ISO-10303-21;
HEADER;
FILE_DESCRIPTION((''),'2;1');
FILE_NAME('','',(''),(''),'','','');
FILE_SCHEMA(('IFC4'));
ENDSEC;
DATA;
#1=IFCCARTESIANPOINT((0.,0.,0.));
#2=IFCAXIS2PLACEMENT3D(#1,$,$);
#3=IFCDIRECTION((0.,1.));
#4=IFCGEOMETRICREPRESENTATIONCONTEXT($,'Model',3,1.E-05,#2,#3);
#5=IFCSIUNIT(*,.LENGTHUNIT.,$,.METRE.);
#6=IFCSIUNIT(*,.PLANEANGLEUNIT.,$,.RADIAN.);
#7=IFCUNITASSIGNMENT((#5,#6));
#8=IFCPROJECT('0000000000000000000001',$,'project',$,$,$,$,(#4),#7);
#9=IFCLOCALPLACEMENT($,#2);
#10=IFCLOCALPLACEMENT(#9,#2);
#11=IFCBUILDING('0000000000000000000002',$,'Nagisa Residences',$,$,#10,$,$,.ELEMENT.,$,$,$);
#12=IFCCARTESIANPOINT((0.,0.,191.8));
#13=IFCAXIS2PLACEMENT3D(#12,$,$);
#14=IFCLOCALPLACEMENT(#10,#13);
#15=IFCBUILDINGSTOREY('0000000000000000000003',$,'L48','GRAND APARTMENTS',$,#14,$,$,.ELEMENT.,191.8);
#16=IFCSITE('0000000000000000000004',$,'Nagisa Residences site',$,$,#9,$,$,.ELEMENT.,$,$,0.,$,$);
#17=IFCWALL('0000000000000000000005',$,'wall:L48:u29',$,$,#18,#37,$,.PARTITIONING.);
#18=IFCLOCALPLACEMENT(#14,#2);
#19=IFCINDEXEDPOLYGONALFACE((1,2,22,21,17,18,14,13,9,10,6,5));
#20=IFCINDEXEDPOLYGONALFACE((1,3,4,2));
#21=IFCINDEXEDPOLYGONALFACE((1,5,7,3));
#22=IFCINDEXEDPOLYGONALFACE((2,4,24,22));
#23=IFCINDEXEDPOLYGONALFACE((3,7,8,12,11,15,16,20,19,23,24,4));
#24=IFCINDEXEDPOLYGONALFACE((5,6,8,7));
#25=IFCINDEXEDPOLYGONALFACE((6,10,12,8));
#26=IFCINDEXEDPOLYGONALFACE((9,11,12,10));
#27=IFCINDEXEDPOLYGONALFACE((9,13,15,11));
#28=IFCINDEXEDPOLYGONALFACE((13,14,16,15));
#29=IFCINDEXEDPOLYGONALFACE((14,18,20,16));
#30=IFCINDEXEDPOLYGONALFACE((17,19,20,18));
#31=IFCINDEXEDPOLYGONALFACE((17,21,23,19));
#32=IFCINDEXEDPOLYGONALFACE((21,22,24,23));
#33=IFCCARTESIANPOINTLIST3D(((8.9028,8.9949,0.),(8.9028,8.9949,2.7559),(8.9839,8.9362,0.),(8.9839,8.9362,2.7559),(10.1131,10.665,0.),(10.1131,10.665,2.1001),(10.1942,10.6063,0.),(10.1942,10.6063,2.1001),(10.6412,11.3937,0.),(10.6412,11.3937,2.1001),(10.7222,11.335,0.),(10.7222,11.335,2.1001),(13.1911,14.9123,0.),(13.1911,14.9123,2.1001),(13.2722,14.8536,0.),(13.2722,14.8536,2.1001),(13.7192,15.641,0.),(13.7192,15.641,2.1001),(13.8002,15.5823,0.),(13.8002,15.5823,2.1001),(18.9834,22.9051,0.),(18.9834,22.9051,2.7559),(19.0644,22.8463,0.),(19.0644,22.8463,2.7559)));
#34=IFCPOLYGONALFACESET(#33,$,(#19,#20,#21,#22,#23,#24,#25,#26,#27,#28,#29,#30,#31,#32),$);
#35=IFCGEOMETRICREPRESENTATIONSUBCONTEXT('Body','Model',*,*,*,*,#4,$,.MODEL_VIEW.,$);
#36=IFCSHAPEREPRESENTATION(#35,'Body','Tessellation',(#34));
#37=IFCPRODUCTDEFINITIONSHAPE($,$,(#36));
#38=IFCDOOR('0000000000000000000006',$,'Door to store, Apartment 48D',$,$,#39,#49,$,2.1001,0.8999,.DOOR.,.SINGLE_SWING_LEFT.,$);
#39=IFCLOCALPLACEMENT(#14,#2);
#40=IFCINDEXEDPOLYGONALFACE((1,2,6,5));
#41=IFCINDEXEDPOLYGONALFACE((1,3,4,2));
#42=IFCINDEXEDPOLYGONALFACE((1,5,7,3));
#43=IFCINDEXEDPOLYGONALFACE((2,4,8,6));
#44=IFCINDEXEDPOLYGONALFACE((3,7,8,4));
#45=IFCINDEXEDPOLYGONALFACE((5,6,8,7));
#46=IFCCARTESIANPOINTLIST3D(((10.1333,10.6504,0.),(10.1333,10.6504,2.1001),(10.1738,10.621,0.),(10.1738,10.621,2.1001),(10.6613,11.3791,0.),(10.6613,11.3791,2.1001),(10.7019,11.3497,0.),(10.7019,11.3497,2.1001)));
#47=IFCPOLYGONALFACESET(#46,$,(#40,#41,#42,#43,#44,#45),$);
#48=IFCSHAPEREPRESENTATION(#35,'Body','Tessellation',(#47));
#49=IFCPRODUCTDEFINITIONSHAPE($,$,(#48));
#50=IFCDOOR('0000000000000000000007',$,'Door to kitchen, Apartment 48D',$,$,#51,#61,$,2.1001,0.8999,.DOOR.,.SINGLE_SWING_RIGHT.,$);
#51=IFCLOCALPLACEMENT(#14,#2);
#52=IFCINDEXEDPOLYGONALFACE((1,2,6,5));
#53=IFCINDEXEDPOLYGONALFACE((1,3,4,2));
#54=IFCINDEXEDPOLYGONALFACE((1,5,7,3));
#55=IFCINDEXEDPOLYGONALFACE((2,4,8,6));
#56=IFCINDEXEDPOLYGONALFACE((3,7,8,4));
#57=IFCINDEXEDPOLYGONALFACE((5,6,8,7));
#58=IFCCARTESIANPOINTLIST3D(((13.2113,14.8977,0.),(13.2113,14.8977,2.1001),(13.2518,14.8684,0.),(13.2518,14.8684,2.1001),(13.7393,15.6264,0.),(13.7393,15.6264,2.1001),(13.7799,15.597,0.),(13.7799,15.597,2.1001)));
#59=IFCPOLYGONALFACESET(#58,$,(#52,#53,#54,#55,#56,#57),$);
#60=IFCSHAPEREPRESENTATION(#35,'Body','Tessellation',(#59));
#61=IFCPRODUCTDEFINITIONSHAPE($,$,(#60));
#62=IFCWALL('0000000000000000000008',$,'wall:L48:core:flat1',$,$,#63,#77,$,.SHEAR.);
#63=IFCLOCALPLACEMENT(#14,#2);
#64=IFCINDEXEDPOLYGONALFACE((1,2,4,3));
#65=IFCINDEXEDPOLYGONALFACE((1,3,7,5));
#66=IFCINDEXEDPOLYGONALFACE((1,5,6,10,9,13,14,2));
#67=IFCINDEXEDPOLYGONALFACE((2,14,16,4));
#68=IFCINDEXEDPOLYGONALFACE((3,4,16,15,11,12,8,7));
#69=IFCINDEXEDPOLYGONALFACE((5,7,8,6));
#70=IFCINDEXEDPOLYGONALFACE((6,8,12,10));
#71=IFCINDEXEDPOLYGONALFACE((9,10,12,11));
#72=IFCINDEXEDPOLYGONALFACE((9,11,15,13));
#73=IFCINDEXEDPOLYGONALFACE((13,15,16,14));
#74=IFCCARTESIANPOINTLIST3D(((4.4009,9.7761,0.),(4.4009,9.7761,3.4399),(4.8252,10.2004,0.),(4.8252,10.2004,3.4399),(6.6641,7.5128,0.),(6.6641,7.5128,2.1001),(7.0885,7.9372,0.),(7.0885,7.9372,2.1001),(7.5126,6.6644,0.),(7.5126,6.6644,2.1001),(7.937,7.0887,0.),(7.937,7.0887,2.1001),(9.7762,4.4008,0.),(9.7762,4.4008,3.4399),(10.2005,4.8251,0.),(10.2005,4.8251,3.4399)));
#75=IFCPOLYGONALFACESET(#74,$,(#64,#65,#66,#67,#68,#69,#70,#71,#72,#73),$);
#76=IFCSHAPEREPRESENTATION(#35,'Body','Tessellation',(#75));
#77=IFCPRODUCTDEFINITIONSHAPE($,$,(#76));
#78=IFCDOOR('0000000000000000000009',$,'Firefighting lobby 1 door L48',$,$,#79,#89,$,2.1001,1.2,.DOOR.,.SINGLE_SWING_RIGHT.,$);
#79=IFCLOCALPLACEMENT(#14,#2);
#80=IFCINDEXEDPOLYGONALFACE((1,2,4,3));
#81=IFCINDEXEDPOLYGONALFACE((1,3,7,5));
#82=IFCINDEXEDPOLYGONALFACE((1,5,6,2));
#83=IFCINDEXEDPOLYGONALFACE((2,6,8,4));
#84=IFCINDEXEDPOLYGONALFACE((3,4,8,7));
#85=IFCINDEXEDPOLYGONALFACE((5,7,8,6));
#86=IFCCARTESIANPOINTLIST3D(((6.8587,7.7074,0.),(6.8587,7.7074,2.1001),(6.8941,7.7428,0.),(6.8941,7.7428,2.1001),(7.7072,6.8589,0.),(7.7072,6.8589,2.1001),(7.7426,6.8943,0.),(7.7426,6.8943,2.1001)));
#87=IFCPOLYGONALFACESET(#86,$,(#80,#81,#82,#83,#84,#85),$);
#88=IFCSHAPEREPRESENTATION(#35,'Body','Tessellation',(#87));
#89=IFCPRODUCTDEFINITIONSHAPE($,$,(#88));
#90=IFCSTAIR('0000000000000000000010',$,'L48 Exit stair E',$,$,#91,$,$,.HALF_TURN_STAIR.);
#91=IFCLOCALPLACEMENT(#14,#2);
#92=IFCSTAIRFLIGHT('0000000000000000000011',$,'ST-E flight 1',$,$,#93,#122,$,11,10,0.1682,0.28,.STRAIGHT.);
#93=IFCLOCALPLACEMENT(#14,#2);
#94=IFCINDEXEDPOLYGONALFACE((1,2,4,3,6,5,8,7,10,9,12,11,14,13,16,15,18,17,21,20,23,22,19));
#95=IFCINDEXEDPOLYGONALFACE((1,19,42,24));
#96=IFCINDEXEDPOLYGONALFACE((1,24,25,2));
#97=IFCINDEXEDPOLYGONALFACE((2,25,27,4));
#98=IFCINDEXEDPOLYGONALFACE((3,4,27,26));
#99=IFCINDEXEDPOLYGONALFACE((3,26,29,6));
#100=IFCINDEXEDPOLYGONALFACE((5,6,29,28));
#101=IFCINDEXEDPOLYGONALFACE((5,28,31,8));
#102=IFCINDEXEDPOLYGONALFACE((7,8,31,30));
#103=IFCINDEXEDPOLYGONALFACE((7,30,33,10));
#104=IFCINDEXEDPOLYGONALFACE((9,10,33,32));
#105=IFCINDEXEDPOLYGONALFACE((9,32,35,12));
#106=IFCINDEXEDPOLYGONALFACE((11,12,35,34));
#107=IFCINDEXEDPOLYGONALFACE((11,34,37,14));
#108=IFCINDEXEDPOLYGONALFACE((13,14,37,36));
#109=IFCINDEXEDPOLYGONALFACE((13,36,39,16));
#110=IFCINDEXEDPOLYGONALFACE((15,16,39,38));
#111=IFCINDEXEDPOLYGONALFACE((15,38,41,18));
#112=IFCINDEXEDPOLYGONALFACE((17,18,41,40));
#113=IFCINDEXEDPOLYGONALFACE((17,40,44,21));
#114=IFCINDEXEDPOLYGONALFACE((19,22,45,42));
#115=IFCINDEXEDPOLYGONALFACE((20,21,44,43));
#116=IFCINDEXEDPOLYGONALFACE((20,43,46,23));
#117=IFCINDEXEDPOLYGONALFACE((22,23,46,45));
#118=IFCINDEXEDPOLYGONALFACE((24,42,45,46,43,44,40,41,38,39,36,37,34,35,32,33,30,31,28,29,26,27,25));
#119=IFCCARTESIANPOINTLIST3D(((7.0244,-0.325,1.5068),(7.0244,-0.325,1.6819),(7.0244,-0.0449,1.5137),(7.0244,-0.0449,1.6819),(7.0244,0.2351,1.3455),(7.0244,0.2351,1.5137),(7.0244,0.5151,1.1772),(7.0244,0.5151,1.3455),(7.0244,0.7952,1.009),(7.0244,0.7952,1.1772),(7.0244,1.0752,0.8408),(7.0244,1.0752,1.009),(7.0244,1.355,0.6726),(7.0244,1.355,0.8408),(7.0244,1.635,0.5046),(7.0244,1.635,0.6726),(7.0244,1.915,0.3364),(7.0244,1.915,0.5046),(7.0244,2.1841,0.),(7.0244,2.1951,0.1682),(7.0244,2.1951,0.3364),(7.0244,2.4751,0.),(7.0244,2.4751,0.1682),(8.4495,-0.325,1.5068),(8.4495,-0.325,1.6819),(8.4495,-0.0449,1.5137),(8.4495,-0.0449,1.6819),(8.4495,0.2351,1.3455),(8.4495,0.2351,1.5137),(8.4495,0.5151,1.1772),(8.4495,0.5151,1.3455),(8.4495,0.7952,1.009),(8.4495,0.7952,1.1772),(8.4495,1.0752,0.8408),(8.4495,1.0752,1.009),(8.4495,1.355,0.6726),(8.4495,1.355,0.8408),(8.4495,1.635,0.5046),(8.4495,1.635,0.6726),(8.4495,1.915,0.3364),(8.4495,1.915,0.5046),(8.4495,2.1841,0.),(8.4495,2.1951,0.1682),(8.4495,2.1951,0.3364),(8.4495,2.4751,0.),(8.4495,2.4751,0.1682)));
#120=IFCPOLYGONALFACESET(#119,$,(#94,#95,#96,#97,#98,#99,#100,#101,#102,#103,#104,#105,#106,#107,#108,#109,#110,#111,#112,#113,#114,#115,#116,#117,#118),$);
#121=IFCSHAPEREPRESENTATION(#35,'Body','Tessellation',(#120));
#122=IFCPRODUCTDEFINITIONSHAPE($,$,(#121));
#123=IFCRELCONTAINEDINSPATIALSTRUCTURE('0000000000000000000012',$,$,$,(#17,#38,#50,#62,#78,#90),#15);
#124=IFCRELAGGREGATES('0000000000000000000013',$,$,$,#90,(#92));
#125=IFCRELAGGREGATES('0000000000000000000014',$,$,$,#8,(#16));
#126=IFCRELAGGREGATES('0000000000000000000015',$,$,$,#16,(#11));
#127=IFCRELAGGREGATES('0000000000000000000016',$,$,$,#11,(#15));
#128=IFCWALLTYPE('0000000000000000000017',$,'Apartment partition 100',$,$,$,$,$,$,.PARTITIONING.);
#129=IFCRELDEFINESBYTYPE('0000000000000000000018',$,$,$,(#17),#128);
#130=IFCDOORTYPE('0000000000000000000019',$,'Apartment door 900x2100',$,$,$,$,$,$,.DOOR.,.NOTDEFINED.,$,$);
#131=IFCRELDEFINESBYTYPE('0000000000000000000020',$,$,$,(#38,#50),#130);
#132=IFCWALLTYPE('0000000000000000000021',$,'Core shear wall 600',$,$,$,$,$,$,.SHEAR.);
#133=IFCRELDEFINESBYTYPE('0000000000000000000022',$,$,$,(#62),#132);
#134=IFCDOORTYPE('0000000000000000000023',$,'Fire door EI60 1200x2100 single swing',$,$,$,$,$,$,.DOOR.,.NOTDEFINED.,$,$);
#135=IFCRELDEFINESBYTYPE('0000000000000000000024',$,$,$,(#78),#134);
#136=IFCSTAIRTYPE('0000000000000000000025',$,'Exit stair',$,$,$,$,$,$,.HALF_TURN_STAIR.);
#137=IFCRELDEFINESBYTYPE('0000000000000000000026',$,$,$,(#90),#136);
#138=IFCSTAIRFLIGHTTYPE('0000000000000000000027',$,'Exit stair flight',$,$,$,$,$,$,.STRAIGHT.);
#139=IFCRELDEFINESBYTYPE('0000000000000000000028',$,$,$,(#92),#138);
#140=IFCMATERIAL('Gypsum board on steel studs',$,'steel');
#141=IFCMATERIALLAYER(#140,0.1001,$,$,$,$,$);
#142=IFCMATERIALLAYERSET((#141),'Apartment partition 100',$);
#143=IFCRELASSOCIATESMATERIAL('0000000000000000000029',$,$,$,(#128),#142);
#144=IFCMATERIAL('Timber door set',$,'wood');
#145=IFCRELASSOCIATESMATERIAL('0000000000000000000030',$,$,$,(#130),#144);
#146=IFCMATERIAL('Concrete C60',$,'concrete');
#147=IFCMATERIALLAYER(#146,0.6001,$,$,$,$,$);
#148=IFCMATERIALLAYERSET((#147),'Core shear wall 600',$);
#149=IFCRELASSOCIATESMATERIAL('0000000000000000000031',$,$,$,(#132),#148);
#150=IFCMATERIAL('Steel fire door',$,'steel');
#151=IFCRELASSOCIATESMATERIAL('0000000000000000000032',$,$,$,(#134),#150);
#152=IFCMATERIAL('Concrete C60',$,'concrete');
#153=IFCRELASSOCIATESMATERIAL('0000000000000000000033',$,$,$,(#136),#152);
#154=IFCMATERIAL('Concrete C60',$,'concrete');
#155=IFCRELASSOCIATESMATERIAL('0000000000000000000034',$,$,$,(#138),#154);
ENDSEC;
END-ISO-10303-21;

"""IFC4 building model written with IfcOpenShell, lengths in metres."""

from ifc_helpers import new_model, si_unit, direction, frame, frame_2d, origin, place, context, subcontext, project, spatial, polyline, rectangle, outline, extrude, material, layer, layer_set, type_object, element, fill, aggregate, save


model = new_model("IFC4")

# Units and contexts
model_context = context("Model", 3, precision=1e-05, world=origin(), true_north=direction((0.0, 1.0)))
body_context = subcontext(model_context, "Body", "Model", "MODEL_VIEW")
ifc_project = project(units=[si_unit("LENGTHUNIT", "METRE"), si_unit("PLANEANGLEUNIT", "RADIAN")], contexts=[model_context])

# Site, building, storey
site_placement = place(None, origin())
site = spatial("IfcSite", under=ifc_project, at=site_placement, Name="Nagisa Residences site", CompositionType="ELEMENT", RefElevation=0.0)
building_placement = place(site_placement, origin())
building = spatial("IfcBuilding", under=site, at=building_placement, Name="Nagisa Residences", CompositionType="ELEMENT")
storey_placement = place(building_placement, frame((0.0, 0.0, 191.8)))
storey = spatial("IfcBuildingStorey", under=building, at=storey_placement, Name="L48", Description="GRAND APARTMENTS", CompositionType="ELEMENT", Elevation=191.8)

# Shared definitions
ifc_material_1 = material(Name="Gypsum board on steel studs", Category="steel")
ifc_layer_1 = layer(ifc_material_1, 0.1001)
ifc_layer_set_1 = layer_set([ifc_layer_1], Name="Apartment partition 100")
wall_type_1 = type_object("IfcWallType", Name="Apartment partition 100", PredefinedType="PARTITIONING", material=ifc_layer_set_1)
ifc_material_2 = material(Name="Timber door set", Category="wood")
door_type_1 = type_object("IfcDoorType", Name="Apartment door 900x2100", OperationType="NOTDEFINED", PredefinedType="DOOR", material=ifc_material_2)

# Wall, openings, doors
wall_1_placement = place(storey_placement, frame((8.9434, 8.9656, 0.0), z_axis=(0.0, 0.0, 1.0), x_axis=(0.586804, 0.809729, 0.0)))
wall_1 = element("IfcWall", 1, at=wall_1_placement, inside=storey, type_object=wall_type_1, Name="wall:L48:u29", PredefinedType="PARTITIONING", context=body_context, shape_type="SweptSolid", body=[
    extrude(rectangle(XDim=17.1787, YDim=0.1001, at=frame_2d((8.5894, 0.0))), origin(), (0.0, 0.0, 1.0), 2.7559),
])
opening_1_placement = place(wall_1_placement, frame((2.0625, 0.0, 0.0)))
opening_1 = element("IfcOpeningElement", 2, at=opening_1_placement, cuts=wall_1, PredefinedType="OPENING", context=body_context, shape_type="SweptSolid", body=[
    extrude(rectangle(XDim=0.8999, YDim=2.1001, at=frame_2d((0.45, 1.05))), frame((0.0, 0.0601, 0.0), z_axis=(0.0, -1.0, 0.0), x_axis=(1.0, 0.0, 0.0)), (0.0, 0.0, 1.0), 0.1201),
])
opening_2_placement = place(wall_1_placement, frame((7.3079, 0.0, 0.0)))
opening_2 = element("IfcOpeningElement", 3, at=opening_2_placement, cuts=wall_1, PredefinedType="OPENING", context=body_context, shape_type="SweptSolid", body=[
    extrude(rectangle(XDim=0.8999, YDim=2.1001, at=frame_2d((0.45, 1.05))), frame((0.0, 0.0601, 0.0), z_axis=(0.0, -1.0, 0.0), x_axis=(1.0, 0.0, 0.0)), (0.0, 0.0, 1.0), 0.1201),
])
door_1_placement = place(opening_1_placement, frame((0.8999, 0.0, 0.0), x_axis=(-1.0, 0.0, 0.0)))
door_1 = element("IfcDoor", 4, at=door_1_placement, inside=storey, type_object=door_type_1, Name="Door to store, Apartment 48D", OperationType="SINGLE_SWING_LEFT", OverallHeight=2.1001, OverallWidth=0.8999, PredefinedType="DOOR", context=body_context, shape_type="SweptSolid", body=[
    extrude(rectangle(XDim=0.8999, YDim=2.1001, at=frame_2d((0.45, 1.05))), frame((0.0, 0.0249, 0.0), z_axis=(0.0, -1.0, 0.0), x_axis=(1.0, 0.0, 0.0)), (0.0, 0.0, 1.0), 0.05),
])
fill(opening_1, door_1)
door_2_placement = place(opening_2_placement, frame((0.8999, 0.0, 0.0), x_axis=(-1.0, 0.0, 0.0)))
door_2 = element("IfcDoor", 5, at=door_2_placement, inside=storey, type_object=door_type_1, Name="Door to kitchen, Apartment 48D", OperationType="SINGLE_SWING_RIGHT", OverallHeight=2.1001, OverallWidth=0.8999, PredefinedType="DOOR", context=body_context, shape_type="SweptSolid", body=[
    extrude(rectangle(XDim=0.8999, YDim=2.1001, at=frame_2d((0.45, 1.05))), frame((0.0, 0.0249, 0.0), z_axis=(0.0, -1.0, 0.0), x_axis=(1.0, 0.0, 0.0)), (0.0, 0.0, 1.0), 0.05),
])
fill(opening_2, door_2)

# Wall, opening, door
ifc_material_3 = material(Name="Concrete C60", Category="concrete")
ifc_layer_2 = layer(ifc_material_3, 0.6001)
ifc_layer_set_2 = layer_set([ifc_layer_2], Name="Core shear wall 600")
wall_type_2 = type_object("IfcWallType", Name="Core shear wall 600", PredefinedType="SHEAR", material=ifc_layer_set_2)
wall_2_placement = place(storey_placement, frame((9.9883, 4.613, 0.0), z_axis=(0.0, 0.0, 1.0), x_axis=(-0.707107, 0.707107, 0.0)))
wall_2 = element("IfcWall", 6, at=wall_2_placement, inside=storey, type_object=wall_type_2, Name="wall:L48:core:flat1", PredefinedType="SHEAR", context=body_context, shape_type="SweptSolid", body=[
    extrude(rectangle(XDim=7.6018, YDim=0.6001, at=frame_2d((3.8008, 0.0))), origin(), (0.0, 0.0, 1.0), 3.4399),
])
opening_3_placement = place(wall_2_placement, frame((3.2009, 0.0, 0.0)))
opening_3 = element("IfcOpeningElement", 7, at=opening_3_placement, cuts=wall_2, PredefinedType="OPENING", context=body_context, shape_type="SweptSolid", body=[
    extrude(rectangle(XDim=1.2, YDim=2.1001, at=frame_2d((0.6001, 1.05))), frame((0.0, 0.3101, 0.0), z_axis=(0.0, -1.0, 0.0), x_axis=(1.0, 0.0, 0.0)), (0.0, 0.0, 1.0), 0.6201),
])
ifc_material_4 = material(Name="Steel fire door", Category="steel")
door_type_2 = type_object("IfcDoorType", Name="Fire door EI60 1200x2100 single swing", OperationType="NOTDEFINED", PredefinedType="DOOR", material=ifc_material_4)
door_3_placement = place(opening_3_placement, origin())
door_3 = element("IfcDoor", 8, at=door_3_placement, inside=storey, type_object=door_type_2, Name="Firefighting lobby 1 door L48", OperationType="SINGLE_SWING_RIGHT", OverallHeight=2.1001, OverallWidth=1.2, PredefinedType="DOOR", context=body_context, shape_type="SweptSolid", body=[
    extrude(rectangle(XDim=1.2, YDim=2.1001, at=frame_2d((0.6001, 1.05))), frame((0.0, 0.0249, 0.0), z_axis=(0.0, -1.0, 0.0), x_axis=(1.0, 0.0, 0.0)), (0.0, 0.0, 1.0), 0.05),
])
fill(opening_3, door_3)

# Stair, stair flight
ifc_material_5 = material(Name="Concrete C60", Category="concrete")
stair_type = type_object("IfcStairType", Name="Exit stair", PredefinedType="HALF_TURN_STAIR", material=ifc_material_5)
stair_placement = place(storey_placement, origin())
stair = element("IfcStair", 9, at=stair_placement, inside=storey, type_object=stair_type, Name="L48 Exit stair E", PredefinedType="HALF_TURN_STAIR")
ifc_material_6 = material(Name="Concrete C60", Category="concrete")
stair_flight_type = type_object("IfcStairFlightType", Name="Exit stair flight", PredefinedType="STRAIGHT", material=ifc_material_6)
stair_flight_placement = place(storey_placement, frame((7.7371, 2.4751, 0.0), z_axis=(0.0, 0.0, 1.0), x_axis=(0.0, -1.0, 0.0)))
stair_flight = element("IfcStairFlight", 10, at=stair_flight_placement, type_object=stair_flight_type, Name="ST-E flight 1", NumberOfRisers=11, NumberOfTreads=10, PredefinedType="STRAIGHT", RiserHeight=0.1682, TreadLength=0.28, context=body_context, shape_type="SweptSolid", body=[
    extrude(outline(polyline([(0.0, 0.0), (0.0, 0.1682), (0.28, 0.1682), (0.28, 0.3364), (0.5601, 0.3364), (0.5601, 0.5046), (0.8401, 0.5046), (0.8401, 0.6726), (1.1201, 0.6726), (1.1201, 0.8408), (1.3999, 0.8408), (1.3999, 1.009), (1.6799, 1.009), (1.6799, 1.1772), (1.96, 1.1772), (1.96, 1.3455), (2.24, 1.3455), (2.24, 1.5137), (2.52, 1.5137), (2.52, 1.6819), (2.8, 1.6819), (2.8, 1.8501), (2.8, 1.5068), (0.291, 0.0), (0.0, 0.0)])), frame((0.0, 0.7124, 0.0), z_axis=(0.0, -1.0, 0.0), x_axis=(1.0, 0.0, 0.0)), (0.0, 0.0, 1.0), 1.425),
])
aggregate(stair, [stair_flight])

save(model, "model.ifc")
